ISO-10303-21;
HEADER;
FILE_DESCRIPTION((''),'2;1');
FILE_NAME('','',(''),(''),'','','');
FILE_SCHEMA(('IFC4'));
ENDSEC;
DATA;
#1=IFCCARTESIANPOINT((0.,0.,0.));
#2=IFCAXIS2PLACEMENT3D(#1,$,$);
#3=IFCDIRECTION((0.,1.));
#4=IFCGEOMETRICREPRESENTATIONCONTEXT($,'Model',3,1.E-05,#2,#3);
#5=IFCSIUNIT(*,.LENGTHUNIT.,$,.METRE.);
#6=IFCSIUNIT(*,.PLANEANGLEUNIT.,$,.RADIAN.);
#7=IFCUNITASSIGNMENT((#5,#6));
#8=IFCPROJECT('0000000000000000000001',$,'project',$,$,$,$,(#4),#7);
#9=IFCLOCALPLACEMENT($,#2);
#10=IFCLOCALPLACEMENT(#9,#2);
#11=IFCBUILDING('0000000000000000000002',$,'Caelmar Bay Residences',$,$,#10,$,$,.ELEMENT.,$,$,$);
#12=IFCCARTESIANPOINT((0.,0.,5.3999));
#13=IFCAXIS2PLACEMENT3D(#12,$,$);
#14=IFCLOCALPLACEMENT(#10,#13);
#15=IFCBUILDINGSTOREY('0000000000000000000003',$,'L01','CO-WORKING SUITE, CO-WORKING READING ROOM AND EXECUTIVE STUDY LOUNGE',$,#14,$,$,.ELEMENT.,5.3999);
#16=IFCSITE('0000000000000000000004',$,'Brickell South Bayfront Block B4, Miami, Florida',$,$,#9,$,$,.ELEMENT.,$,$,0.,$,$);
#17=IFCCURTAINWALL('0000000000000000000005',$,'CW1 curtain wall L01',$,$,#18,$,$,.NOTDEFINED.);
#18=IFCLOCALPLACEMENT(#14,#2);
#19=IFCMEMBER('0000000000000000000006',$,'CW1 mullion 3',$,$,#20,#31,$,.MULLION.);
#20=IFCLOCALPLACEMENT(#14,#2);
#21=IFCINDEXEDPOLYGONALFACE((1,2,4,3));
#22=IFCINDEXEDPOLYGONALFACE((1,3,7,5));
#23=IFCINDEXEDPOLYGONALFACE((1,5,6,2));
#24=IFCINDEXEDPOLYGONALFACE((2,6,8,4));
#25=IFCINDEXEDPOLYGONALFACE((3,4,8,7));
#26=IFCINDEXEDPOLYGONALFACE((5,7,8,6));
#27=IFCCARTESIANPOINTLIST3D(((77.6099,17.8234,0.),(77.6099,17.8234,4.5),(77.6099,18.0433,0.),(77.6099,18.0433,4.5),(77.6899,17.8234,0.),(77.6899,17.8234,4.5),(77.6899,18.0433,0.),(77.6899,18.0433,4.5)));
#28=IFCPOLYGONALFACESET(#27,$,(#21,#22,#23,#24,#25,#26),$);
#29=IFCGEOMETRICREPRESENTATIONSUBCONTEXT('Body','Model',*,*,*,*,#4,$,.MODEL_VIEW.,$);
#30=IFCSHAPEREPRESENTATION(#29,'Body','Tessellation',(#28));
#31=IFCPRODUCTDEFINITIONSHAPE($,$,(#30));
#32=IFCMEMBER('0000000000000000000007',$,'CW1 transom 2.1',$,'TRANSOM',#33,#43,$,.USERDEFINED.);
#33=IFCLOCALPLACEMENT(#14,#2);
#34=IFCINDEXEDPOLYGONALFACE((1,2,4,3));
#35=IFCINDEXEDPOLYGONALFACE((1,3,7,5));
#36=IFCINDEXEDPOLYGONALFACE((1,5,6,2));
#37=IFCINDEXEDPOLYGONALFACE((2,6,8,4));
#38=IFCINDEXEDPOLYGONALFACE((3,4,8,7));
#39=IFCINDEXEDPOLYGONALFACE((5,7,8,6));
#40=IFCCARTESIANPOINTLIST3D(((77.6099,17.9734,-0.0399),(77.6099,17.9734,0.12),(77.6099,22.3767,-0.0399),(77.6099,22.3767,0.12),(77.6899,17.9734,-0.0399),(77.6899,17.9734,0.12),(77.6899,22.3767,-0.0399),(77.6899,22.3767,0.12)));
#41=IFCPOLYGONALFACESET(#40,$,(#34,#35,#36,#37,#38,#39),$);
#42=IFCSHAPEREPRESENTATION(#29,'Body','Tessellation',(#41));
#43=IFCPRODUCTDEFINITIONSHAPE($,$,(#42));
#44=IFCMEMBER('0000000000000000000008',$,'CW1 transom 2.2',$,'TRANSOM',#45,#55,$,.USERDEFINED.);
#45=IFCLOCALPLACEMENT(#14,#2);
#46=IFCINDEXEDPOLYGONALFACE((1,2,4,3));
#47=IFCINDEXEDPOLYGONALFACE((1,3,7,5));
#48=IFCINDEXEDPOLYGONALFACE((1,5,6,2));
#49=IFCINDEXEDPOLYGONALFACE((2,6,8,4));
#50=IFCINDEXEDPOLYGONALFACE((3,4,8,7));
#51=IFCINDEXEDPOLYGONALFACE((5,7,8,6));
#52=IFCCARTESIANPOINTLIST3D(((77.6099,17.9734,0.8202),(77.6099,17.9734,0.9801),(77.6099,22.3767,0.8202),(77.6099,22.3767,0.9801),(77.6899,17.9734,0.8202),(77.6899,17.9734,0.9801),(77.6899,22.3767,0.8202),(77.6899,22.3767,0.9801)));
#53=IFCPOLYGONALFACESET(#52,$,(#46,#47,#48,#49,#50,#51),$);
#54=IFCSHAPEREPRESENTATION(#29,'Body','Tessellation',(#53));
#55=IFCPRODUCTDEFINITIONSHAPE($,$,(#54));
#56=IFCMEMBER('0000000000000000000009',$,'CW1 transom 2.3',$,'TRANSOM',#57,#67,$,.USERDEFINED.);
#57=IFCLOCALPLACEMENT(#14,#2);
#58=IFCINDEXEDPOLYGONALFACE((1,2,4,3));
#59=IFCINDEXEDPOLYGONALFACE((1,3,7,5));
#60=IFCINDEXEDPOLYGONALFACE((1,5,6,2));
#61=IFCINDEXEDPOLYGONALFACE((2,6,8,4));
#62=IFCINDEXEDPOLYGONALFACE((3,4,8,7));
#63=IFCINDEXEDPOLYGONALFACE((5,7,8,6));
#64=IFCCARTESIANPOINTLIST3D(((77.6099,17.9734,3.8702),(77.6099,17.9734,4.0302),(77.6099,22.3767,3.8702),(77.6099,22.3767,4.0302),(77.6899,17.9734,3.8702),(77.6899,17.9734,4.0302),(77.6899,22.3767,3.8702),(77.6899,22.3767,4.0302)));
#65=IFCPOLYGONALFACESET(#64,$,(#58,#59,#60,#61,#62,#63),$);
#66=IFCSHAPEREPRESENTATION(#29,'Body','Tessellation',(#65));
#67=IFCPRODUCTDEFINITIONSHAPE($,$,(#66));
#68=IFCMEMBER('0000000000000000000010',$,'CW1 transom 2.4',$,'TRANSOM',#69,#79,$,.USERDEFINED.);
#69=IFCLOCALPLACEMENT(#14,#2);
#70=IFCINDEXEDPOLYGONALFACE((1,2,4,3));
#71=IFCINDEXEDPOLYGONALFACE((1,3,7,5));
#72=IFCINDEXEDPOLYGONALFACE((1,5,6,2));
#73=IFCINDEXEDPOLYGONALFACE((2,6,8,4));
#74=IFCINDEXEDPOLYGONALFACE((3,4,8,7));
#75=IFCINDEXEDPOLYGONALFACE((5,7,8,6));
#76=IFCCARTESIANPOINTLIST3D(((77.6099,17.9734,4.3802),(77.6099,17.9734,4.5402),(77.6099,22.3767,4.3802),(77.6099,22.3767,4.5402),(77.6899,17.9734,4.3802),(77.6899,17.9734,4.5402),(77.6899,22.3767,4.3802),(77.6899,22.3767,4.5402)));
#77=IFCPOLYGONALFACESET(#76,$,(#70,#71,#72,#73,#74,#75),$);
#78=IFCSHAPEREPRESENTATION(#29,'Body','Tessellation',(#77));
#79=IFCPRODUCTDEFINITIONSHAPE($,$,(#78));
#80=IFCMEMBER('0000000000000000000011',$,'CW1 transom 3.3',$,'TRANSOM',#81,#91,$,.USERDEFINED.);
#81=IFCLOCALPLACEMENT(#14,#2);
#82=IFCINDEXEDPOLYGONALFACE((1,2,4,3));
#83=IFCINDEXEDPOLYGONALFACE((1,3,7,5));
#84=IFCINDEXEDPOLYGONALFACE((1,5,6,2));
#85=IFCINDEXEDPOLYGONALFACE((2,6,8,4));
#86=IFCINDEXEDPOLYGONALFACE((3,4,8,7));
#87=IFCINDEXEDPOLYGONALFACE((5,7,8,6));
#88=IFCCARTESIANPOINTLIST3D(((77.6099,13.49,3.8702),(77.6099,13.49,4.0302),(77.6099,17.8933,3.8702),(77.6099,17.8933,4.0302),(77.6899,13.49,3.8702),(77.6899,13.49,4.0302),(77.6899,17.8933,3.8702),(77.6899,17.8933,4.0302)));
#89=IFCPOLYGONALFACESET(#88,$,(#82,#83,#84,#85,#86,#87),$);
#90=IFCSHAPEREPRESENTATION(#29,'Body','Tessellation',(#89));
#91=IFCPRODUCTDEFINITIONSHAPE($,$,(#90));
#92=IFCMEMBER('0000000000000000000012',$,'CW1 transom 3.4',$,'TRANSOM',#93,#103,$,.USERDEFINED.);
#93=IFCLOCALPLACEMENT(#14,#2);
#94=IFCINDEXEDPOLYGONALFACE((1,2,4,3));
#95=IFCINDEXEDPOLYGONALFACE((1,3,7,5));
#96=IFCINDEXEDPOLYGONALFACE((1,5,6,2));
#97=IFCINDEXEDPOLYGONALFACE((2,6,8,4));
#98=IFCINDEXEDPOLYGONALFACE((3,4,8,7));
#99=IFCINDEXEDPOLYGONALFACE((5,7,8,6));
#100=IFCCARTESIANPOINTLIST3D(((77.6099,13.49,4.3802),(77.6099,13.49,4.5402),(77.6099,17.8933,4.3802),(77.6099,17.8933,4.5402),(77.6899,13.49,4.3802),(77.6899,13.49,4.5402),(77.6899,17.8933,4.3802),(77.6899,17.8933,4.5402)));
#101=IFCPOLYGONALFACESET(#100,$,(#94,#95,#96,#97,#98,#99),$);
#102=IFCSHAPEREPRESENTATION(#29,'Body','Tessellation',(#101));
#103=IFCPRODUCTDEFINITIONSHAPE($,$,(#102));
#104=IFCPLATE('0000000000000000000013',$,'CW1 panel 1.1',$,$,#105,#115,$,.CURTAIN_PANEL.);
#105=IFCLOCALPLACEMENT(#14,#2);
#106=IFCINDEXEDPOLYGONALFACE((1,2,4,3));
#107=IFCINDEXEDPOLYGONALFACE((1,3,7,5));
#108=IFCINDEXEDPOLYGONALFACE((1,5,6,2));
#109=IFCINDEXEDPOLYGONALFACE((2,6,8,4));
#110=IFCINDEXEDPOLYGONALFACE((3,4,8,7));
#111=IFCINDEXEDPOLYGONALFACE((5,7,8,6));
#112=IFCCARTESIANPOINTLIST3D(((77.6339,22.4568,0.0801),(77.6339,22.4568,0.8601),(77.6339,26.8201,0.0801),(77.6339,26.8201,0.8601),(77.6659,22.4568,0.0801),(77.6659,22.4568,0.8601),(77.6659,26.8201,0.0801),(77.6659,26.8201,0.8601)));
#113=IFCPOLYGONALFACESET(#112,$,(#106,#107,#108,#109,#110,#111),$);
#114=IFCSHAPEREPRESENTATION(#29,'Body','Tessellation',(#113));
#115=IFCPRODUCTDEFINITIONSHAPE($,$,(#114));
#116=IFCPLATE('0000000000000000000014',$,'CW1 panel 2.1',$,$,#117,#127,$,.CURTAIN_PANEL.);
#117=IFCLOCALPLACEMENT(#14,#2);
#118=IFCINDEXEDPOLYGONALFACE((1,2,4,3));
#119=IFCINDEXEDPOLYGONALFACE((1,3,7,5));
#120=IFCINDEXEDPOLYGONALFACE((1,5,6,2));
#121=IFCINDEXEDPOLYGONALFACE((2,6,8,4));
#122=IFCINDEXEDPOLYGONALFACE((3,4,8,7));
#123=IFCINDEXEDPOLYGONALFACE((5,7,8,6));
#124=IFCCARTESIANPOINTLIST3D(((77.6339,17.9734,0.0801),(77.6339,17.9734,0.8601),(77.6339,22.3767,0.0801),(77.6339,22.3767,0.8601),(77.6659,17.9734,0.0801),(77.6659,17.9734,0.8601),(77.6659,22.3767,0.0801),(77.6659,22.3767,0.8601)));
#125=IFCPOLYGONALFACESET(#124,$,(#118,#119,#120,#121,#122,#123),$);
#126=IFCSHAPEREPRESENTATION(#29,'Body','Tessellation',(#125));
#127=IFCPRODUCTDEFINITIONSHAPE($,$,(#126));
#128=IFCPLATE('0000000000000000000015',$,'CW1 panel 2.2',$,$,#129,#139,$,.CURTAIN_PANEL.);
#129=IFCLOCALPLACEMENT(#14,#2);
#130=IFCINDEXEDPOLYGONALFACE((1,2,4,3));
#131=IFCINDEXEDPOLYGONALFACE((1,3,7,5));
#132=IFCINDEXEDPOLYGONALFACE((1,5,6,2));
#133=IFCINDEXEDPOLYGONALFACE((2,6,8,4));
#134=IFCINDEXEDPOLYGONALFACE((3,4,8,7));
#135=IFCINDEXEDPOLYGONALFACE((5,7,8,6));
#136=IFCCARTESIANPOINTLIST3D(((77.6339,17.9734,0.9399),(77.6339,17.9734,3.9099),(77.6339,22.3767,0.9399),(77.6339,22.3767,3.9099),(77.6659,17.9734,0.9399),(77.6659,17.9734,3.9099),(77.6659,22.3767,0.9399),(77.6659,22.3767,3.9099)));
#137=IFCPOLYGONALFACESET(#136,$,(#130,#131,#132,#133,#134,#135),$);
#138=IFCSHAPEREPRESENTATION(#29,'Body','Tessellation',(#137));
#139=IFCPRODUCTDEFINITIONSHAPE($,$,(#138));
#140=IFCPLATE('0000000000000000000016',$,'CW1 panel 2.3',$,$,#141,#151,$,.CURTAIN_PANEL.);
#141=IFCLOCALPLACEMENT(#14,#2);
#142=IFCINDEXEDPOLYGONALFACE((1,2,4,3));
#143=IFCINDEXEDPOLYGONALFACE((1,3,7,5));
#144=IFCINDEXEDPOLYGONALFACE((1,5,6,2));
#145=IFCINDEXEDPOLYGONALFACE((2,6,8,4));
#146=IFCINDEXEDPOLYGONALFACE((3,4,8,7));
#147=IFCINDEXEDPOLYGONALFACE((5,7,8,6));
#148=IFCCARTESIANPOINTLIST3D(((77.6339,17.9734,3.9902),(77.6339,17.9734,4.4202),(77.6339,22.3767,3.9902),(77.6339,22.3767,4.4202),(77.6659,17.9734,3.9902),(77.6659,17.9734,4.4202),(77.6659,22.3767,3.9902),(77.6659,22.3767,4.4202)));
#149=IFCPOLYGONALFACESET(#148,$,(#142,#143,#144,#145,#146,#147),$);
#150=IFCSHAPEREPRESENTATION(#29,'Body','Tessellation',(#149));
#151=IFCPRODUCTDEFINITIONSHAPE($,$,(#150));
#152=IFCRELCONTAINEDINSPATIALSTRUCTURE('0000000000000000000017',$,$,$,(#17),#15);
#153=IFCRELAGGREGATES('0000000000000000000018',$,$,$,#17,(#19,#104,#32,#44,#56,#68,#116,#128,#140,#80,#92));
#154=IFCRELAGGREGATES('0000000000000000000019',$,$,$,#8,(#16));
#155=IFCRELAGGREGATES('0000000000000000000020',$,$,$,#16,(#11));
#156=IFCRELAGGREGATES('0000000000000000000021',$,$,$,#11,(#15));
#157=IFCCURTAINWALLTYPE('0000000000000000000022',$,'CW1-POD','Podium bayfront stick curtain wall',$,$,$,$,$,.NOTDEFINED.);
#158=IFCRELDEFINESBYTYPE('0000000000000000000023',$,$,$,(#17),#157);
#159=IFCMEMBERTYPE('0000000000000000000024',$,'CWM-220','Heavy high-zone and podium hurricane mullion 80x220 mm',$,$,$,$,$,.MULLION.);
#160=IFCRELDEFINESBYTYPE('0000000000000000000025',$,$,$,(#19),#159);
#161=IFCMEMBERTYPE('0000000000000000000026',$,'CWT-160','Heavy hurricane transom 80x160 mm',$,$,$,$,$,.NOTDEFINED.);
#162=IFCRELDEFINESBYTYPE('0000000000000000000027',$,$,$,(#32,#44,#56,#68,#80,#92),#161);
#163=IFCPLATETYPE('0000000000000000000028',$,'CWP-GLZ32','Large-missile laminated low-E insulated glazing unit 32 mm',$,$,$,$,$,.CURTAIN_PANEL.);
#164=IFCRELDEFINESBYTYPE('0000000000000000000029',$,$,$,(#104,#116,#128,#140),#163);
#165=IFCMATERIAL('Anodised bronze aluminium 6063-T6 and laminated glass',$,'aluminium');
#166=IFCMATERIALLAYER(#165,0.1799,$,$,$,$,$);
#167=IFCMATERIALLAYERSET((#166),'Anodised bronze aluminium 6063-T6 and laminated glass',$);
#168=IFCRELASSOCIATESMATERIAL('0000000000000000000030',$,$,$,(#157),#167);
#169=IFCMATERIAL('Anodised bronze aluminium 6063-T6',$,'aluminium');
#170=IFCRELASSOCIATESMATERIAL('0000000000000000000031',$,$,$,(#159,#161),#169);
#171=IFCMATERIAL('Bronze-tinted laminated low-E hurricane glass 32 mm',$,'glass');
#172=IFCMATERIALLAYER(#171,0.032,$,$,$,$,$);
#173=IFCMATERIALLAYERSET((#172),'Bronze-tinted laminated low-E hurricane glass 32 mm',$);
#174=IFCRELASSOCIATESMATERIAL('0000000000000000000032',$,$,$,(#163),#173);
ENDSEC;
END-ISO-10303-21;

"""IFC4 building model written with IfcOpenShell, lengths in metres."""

from ifc_helpers import new_model, si_unit, direction, frame, origin, origin_2d, place, context, subcontext, project, spatial, rectangle, extrude, material, layer, layer_set, material_profile, profile_set, type_object, element, aggregate, save


model = new_model("IFC4")

# Units and contexts
model_context = context("Model", 3, precision=1e-05, world=origin(), true_north=direction((0.0, 1.0)))
body_context = subcontext(model_context, "Body", "Model", "MODEL_VIEW")
ifc_project = project(units=[si_unit("LENGTHUNIT", "METRE"), si_unit("PLANEANGLEUNIT", "RADIAN")], contexts=[model_context])

# Site, building, storey
site_placement = place(None, origin())
site = spatial("IfcSite", under=ifc_project, at=site_placement, Name="Brickell South Bayfront Block B4, Miami, Florida", CompositionType="ELEMENT", RefElevation=0.0)
building_placement = place(site_placement, origin())
building = spatial("IfcBuilding", under=site, at=building_placement, Name="Caelmar Bay Residences", CompositionType="ELEMENT")
storey_placement = place(building_placement, frame((0.0, 0.0, 5.3999)))
storey = spatial("IfcBuildingStorey", under=building, at=storey_placement, Name="L01", Description="CO-WORKING SUITE, CO-WORKING READING ROOM AND EXECUTIVE STUDY LOUNGE", CompositionType="ELEMENT", Elevation=5.3999)

# Curtain wall, members, plates
ifc_material_1 = material(Name="Anodised bronze aluminium 6063-T6 and laminated glass", Category="aluminium")
ifc_layer_1 = layer(ifc_material_1, 0.1799)
ifc_layer_set_1 = layer_set([ifc_layer_1], Name="Anodised bronze aluminium 6063-T6 and laminated glass")
curtain_wall_type = type_object("IfcCurtainWallType", Name="CW1-POD", Description="Podium bayfront stick curtain wall", PredefinedType="NOTDEFINED", material=ifc_layer_set_1)
curtain_wall_placement = place(storey_placement, origin())
curtain_wall = element("IfcCurtainWall", 1, at=curtain_wall_placement, inside=storey, type_object=curtain_wall_type, Name="CW1 curtain wall L01", PredefinedType="NOTDEFINED")
ifc_material_2 = material(Name="Anodised bronze aluminium 6063-T6", Category="aluminium")
ifc_material_profile_1 = material_profile(ifc_material_2, rectangle(XDim=0.0801, YDim=0.22, at=origin_2d()), Name="CWM-80X220")
ifc_profile_set_1 = profile_set([ifc_material_profile_1], Name="Anodised bronze aluminium 6063-T6")
member_type_1 = type_object("IfcMemberType", Name="CWM-220", Description="Heavy high-zone and podium hurricane mullion 80x220 mm", PredefinedType="MULLION", material=ifc_profile_set_1)
member_1_placement = place(storey_placement, frame((77.6499, 17.9333, 0.0), z_axis=(0.0, 0.0, 1.0), x_axis=(1.0, 0.0, 0.0)))
member_1 = element("IfcMember", 2, at=member_1_placement, type_object=member_type_1, Name="CW1 mullion 3", PredefinedType="MULLION", context=body_context, shape_type="SweptSolid", body=[
    extrude(rectangle(XDim=0.0801, YDim=0.22, at=origin_2d()), origin(), (0.0, 0.0, 1.0), 4.5),
])
ifc_material_profile_2 = material_profile(ifc_material_2, rectangle(XDim=0.0801, YDim=0.1599, at=origin_2d()), Name="CWT-80X160")
ifc_profile_set_2 = profile_set([ifc_material_profile_2], Name="Anodised bronze aluminium 6063-T6")
member_type_2 = type_object("IfcMemberType", Name="CWT-160", Description="Heavy hurricane transom 80x160 mm", PredefinedType="NOTDEFINED", material=ifc_profile_set_2)
member_2_placement = place(storey_placement, frame((77.6499, 22.3767, 0.04), z_axis=(0.0, -1.0, 0.0), x_axis=(1.0, 0.0, 0.0)))
member_2 = element("IfcMember", 3, at=member_2_placement, type_object=member_type_2, Name="CW1 transom 2.1", ObjectType="TRANSOM", PredefinedType="USERDEFINED", context=body_context, shape_type="SweptSolid", body=[
    extrude(rectangle(XDim=0.0801, YDim=0.1599, at=origin_2d()), origin(), (0.0, 0.0, 1.0), 4.4033),
])
member_3_placement = place(storey_placement, frame((77.6499, 22.3767, 0.9001), z_axis=(0.0, -1.0, 0.0), x_axis=(1.0, 0.0, 0.0)))
member_3 = element("IfcMember", 4, at=member_3_placement, type_object=member_type_2, Name="CW1 transom 2.2", ObjectType="TRANSOM", PredefinedType="USERDEFINED", context=body_context, shape_type="SweptSolid", body=[
    extrude(rectangle(XDim=0.0801, YDim=0.1599, at=origin_2d()), origin(), (0.0, 0.0, 1.0), 4.4033),
])
member_4_placement = place(storey_placement, frame((77.6499, 22.3767, 3.9502), z_axis=(0.0, -1.0, 0.0), x_axis=(1.0, 0.0, 0.0)))
member_4 = element("IfcMember", 5, at=member_4_placement, type_object=member_type_2, Name="CW1 transom 2.3", ObjectType="TRANSOM", PredefinedType="USERDEFINED", context=body_context, shape_type="SweptSolid", body=[
    extrude(rectangle(XDim=0.0801, YDim=0.1599, at=origin_2d()), origin(), (0.0, 0.0, 1.0), 4.4033),
])
member_5_placement = place(storey_placement, frame((77.6499, 22.3767, 4.4602), z_axis=(0.0, -1.0, 0.0), x_axis=(1.0, 0.0, 0.0)))
member_5 = element("IfcMember", 6, at=member_5_placement, type_object=member_type_2, Name="CW1 transom 2.4", ObjectType="TRANSOM", PredefinedType="USERDEFINED", context=body_context, shape_type="SweptSolid", body=[
    extrude(rectangle(XDim=0.0801, YDim=0.1599, at=origin_2d()), origin(), (0.0, 0.0, 1.0), 4.4033),
])
member_6_placement = place(storey_placement, frame((77.6499, 17.8933, 3.9502), z_axis=(0.0, -1.0, 0.0), x_axis=(1.0, 0.0, 0.0)))
member_6 = element("IfcMember", 7, at=member_6_placement, type_object=member_type_2, Name="CW1 transom 3.3", ObjectType="TRANSOM", PredefinedType="USERDEFINED", context=body_context, shape_type="SweptSolid", body=[
    extrude(rectangle(XDim=0.0801, YDim=0.1599, at=origin_2d()), origin(), (0.0, 0.0, 1.0), 4.4033),
])
member_7_placement = place(storey_placement, frame((77.6499, 17.8933, 4.4602), z_axis=(0.0, -1.0, 0.0), x_axis=(1.0, 0.0, 0.0)))
member_7 = element("IfcMember", 8, at=member_7_placement, type_object=member_type_2, Name="CW1 transom 3.4", ObjectType="TRANSOM", PredefinedType="USERDEFINED", context=body_context, shape_type="SweptSolid", body=[
    extrude(rectangle(XDim=0.0801, YDim=0.1599, at=origin_2d()), origin(), (0.0, 0.0, 1.0), 4.4033),
])
ifc_material_3 = material(Name="Bronze-tinted laminated low-E hurricane glass 32 mm", Category="glass")
ifc_layer_2 = layer(ifc_material_3, 0.032)
ifc_layer_set_2 = layer_set([ifc_layer_2], Name="Bronze-tinted laminated low-E hurricane glass 32 mm")
plate_type = type_object("IfcPlateType", Name="CWP-GLZ32", Description="Large-missile laminated low-E insulated glazing unit 32 mm", PredefinedType="CURTAIN_PANEL", material=ifc_layer_set_2)
plate_1_placement = place(storey_placement, frame((77.6499, 24.6384, 0.0801), z_axis=(0.0, 0.0, 1.0), x_axis=(0.0, -1.0, 0.0)))
plate_1 = element("IfcPlate", 9, at=plate_1_placement, type_object=plate_type, Name="CW1 panel 1.1", PredefinedType="CURTAIN_PANEL", context=body_context, shape_type="SweptSolid", body=[
    extrude(rectangle(XDim=4.3633, YDim=0.032, at=origin_2d()), origin(), (0.0, 0.0, 1.0), 0.78),
])
plate_2_placement = place(storey_placement, frame((77.6499, 20.175, 0.0801), z_axis=(0.0, 0.0, 1.0), x_axis=(0.0, -1.0, 0.0)))
plate_2 = element("IfcPlate", 10, at=plate_2_placement, type_object=plate_type, Name="CW1 panel 2.1", PredefinedType="CURTAIN_PANEL", context=body_context, shape_type="SweptSolid", body=[
    extrude(rectangle(XDim=4.4033, YDim=0.032, at=origin_2d()), origin(), (0.0, 0.0, 1.0), 0.78),
])
plate_3_placement = place(storey_placement, frame((77.6499, 20.175, 0.9399), z_axis=(0.0, 0.0, 1.0), x_axis=(0.0, -1.0, 0.0)))
plate_3 = element("IfcPlate", 11, at=plate_3_placement, type_object=plate_type, Name="CW1 panel 2.2", PredefinedType="CURTAIN_PANEL", context=body_context, shape_type="SweptSolid", body=[
    extrude(rectangle(XDim=4.4033, YDim=0.032, at=origin_2d()), origin(), (0.0, 0.0, 1.0), 2.97),
])
plate_4_placement = place(storey_placement, frame((77.6499, 20.175, 3.9902), z_axis=(0.0, 0.0, 1.0), x_axis=(0.0, -1.0, 0.0)))
plate_4 = element("IfcPlate", 12, at=plate_4_placement, type_object=plate_type, Name="CW1 panel 2.3", PredefinedType="CURTAIN_PANEL", context=body_context, shape_type="SweptSolid", body=[
    extrude(rectangle(XDim=4.4033, YDim=0.032, at=origin_2d()), origin(), (0.0, 0.0, 1.0), 0.4299),
])
aggregate(curtain_wall, [member_1, plate_1, member_2, member_3, member_4, member_5, plate_2, plate_3, plate_4, member_6, member_7])

save(model, "model.ifc")
